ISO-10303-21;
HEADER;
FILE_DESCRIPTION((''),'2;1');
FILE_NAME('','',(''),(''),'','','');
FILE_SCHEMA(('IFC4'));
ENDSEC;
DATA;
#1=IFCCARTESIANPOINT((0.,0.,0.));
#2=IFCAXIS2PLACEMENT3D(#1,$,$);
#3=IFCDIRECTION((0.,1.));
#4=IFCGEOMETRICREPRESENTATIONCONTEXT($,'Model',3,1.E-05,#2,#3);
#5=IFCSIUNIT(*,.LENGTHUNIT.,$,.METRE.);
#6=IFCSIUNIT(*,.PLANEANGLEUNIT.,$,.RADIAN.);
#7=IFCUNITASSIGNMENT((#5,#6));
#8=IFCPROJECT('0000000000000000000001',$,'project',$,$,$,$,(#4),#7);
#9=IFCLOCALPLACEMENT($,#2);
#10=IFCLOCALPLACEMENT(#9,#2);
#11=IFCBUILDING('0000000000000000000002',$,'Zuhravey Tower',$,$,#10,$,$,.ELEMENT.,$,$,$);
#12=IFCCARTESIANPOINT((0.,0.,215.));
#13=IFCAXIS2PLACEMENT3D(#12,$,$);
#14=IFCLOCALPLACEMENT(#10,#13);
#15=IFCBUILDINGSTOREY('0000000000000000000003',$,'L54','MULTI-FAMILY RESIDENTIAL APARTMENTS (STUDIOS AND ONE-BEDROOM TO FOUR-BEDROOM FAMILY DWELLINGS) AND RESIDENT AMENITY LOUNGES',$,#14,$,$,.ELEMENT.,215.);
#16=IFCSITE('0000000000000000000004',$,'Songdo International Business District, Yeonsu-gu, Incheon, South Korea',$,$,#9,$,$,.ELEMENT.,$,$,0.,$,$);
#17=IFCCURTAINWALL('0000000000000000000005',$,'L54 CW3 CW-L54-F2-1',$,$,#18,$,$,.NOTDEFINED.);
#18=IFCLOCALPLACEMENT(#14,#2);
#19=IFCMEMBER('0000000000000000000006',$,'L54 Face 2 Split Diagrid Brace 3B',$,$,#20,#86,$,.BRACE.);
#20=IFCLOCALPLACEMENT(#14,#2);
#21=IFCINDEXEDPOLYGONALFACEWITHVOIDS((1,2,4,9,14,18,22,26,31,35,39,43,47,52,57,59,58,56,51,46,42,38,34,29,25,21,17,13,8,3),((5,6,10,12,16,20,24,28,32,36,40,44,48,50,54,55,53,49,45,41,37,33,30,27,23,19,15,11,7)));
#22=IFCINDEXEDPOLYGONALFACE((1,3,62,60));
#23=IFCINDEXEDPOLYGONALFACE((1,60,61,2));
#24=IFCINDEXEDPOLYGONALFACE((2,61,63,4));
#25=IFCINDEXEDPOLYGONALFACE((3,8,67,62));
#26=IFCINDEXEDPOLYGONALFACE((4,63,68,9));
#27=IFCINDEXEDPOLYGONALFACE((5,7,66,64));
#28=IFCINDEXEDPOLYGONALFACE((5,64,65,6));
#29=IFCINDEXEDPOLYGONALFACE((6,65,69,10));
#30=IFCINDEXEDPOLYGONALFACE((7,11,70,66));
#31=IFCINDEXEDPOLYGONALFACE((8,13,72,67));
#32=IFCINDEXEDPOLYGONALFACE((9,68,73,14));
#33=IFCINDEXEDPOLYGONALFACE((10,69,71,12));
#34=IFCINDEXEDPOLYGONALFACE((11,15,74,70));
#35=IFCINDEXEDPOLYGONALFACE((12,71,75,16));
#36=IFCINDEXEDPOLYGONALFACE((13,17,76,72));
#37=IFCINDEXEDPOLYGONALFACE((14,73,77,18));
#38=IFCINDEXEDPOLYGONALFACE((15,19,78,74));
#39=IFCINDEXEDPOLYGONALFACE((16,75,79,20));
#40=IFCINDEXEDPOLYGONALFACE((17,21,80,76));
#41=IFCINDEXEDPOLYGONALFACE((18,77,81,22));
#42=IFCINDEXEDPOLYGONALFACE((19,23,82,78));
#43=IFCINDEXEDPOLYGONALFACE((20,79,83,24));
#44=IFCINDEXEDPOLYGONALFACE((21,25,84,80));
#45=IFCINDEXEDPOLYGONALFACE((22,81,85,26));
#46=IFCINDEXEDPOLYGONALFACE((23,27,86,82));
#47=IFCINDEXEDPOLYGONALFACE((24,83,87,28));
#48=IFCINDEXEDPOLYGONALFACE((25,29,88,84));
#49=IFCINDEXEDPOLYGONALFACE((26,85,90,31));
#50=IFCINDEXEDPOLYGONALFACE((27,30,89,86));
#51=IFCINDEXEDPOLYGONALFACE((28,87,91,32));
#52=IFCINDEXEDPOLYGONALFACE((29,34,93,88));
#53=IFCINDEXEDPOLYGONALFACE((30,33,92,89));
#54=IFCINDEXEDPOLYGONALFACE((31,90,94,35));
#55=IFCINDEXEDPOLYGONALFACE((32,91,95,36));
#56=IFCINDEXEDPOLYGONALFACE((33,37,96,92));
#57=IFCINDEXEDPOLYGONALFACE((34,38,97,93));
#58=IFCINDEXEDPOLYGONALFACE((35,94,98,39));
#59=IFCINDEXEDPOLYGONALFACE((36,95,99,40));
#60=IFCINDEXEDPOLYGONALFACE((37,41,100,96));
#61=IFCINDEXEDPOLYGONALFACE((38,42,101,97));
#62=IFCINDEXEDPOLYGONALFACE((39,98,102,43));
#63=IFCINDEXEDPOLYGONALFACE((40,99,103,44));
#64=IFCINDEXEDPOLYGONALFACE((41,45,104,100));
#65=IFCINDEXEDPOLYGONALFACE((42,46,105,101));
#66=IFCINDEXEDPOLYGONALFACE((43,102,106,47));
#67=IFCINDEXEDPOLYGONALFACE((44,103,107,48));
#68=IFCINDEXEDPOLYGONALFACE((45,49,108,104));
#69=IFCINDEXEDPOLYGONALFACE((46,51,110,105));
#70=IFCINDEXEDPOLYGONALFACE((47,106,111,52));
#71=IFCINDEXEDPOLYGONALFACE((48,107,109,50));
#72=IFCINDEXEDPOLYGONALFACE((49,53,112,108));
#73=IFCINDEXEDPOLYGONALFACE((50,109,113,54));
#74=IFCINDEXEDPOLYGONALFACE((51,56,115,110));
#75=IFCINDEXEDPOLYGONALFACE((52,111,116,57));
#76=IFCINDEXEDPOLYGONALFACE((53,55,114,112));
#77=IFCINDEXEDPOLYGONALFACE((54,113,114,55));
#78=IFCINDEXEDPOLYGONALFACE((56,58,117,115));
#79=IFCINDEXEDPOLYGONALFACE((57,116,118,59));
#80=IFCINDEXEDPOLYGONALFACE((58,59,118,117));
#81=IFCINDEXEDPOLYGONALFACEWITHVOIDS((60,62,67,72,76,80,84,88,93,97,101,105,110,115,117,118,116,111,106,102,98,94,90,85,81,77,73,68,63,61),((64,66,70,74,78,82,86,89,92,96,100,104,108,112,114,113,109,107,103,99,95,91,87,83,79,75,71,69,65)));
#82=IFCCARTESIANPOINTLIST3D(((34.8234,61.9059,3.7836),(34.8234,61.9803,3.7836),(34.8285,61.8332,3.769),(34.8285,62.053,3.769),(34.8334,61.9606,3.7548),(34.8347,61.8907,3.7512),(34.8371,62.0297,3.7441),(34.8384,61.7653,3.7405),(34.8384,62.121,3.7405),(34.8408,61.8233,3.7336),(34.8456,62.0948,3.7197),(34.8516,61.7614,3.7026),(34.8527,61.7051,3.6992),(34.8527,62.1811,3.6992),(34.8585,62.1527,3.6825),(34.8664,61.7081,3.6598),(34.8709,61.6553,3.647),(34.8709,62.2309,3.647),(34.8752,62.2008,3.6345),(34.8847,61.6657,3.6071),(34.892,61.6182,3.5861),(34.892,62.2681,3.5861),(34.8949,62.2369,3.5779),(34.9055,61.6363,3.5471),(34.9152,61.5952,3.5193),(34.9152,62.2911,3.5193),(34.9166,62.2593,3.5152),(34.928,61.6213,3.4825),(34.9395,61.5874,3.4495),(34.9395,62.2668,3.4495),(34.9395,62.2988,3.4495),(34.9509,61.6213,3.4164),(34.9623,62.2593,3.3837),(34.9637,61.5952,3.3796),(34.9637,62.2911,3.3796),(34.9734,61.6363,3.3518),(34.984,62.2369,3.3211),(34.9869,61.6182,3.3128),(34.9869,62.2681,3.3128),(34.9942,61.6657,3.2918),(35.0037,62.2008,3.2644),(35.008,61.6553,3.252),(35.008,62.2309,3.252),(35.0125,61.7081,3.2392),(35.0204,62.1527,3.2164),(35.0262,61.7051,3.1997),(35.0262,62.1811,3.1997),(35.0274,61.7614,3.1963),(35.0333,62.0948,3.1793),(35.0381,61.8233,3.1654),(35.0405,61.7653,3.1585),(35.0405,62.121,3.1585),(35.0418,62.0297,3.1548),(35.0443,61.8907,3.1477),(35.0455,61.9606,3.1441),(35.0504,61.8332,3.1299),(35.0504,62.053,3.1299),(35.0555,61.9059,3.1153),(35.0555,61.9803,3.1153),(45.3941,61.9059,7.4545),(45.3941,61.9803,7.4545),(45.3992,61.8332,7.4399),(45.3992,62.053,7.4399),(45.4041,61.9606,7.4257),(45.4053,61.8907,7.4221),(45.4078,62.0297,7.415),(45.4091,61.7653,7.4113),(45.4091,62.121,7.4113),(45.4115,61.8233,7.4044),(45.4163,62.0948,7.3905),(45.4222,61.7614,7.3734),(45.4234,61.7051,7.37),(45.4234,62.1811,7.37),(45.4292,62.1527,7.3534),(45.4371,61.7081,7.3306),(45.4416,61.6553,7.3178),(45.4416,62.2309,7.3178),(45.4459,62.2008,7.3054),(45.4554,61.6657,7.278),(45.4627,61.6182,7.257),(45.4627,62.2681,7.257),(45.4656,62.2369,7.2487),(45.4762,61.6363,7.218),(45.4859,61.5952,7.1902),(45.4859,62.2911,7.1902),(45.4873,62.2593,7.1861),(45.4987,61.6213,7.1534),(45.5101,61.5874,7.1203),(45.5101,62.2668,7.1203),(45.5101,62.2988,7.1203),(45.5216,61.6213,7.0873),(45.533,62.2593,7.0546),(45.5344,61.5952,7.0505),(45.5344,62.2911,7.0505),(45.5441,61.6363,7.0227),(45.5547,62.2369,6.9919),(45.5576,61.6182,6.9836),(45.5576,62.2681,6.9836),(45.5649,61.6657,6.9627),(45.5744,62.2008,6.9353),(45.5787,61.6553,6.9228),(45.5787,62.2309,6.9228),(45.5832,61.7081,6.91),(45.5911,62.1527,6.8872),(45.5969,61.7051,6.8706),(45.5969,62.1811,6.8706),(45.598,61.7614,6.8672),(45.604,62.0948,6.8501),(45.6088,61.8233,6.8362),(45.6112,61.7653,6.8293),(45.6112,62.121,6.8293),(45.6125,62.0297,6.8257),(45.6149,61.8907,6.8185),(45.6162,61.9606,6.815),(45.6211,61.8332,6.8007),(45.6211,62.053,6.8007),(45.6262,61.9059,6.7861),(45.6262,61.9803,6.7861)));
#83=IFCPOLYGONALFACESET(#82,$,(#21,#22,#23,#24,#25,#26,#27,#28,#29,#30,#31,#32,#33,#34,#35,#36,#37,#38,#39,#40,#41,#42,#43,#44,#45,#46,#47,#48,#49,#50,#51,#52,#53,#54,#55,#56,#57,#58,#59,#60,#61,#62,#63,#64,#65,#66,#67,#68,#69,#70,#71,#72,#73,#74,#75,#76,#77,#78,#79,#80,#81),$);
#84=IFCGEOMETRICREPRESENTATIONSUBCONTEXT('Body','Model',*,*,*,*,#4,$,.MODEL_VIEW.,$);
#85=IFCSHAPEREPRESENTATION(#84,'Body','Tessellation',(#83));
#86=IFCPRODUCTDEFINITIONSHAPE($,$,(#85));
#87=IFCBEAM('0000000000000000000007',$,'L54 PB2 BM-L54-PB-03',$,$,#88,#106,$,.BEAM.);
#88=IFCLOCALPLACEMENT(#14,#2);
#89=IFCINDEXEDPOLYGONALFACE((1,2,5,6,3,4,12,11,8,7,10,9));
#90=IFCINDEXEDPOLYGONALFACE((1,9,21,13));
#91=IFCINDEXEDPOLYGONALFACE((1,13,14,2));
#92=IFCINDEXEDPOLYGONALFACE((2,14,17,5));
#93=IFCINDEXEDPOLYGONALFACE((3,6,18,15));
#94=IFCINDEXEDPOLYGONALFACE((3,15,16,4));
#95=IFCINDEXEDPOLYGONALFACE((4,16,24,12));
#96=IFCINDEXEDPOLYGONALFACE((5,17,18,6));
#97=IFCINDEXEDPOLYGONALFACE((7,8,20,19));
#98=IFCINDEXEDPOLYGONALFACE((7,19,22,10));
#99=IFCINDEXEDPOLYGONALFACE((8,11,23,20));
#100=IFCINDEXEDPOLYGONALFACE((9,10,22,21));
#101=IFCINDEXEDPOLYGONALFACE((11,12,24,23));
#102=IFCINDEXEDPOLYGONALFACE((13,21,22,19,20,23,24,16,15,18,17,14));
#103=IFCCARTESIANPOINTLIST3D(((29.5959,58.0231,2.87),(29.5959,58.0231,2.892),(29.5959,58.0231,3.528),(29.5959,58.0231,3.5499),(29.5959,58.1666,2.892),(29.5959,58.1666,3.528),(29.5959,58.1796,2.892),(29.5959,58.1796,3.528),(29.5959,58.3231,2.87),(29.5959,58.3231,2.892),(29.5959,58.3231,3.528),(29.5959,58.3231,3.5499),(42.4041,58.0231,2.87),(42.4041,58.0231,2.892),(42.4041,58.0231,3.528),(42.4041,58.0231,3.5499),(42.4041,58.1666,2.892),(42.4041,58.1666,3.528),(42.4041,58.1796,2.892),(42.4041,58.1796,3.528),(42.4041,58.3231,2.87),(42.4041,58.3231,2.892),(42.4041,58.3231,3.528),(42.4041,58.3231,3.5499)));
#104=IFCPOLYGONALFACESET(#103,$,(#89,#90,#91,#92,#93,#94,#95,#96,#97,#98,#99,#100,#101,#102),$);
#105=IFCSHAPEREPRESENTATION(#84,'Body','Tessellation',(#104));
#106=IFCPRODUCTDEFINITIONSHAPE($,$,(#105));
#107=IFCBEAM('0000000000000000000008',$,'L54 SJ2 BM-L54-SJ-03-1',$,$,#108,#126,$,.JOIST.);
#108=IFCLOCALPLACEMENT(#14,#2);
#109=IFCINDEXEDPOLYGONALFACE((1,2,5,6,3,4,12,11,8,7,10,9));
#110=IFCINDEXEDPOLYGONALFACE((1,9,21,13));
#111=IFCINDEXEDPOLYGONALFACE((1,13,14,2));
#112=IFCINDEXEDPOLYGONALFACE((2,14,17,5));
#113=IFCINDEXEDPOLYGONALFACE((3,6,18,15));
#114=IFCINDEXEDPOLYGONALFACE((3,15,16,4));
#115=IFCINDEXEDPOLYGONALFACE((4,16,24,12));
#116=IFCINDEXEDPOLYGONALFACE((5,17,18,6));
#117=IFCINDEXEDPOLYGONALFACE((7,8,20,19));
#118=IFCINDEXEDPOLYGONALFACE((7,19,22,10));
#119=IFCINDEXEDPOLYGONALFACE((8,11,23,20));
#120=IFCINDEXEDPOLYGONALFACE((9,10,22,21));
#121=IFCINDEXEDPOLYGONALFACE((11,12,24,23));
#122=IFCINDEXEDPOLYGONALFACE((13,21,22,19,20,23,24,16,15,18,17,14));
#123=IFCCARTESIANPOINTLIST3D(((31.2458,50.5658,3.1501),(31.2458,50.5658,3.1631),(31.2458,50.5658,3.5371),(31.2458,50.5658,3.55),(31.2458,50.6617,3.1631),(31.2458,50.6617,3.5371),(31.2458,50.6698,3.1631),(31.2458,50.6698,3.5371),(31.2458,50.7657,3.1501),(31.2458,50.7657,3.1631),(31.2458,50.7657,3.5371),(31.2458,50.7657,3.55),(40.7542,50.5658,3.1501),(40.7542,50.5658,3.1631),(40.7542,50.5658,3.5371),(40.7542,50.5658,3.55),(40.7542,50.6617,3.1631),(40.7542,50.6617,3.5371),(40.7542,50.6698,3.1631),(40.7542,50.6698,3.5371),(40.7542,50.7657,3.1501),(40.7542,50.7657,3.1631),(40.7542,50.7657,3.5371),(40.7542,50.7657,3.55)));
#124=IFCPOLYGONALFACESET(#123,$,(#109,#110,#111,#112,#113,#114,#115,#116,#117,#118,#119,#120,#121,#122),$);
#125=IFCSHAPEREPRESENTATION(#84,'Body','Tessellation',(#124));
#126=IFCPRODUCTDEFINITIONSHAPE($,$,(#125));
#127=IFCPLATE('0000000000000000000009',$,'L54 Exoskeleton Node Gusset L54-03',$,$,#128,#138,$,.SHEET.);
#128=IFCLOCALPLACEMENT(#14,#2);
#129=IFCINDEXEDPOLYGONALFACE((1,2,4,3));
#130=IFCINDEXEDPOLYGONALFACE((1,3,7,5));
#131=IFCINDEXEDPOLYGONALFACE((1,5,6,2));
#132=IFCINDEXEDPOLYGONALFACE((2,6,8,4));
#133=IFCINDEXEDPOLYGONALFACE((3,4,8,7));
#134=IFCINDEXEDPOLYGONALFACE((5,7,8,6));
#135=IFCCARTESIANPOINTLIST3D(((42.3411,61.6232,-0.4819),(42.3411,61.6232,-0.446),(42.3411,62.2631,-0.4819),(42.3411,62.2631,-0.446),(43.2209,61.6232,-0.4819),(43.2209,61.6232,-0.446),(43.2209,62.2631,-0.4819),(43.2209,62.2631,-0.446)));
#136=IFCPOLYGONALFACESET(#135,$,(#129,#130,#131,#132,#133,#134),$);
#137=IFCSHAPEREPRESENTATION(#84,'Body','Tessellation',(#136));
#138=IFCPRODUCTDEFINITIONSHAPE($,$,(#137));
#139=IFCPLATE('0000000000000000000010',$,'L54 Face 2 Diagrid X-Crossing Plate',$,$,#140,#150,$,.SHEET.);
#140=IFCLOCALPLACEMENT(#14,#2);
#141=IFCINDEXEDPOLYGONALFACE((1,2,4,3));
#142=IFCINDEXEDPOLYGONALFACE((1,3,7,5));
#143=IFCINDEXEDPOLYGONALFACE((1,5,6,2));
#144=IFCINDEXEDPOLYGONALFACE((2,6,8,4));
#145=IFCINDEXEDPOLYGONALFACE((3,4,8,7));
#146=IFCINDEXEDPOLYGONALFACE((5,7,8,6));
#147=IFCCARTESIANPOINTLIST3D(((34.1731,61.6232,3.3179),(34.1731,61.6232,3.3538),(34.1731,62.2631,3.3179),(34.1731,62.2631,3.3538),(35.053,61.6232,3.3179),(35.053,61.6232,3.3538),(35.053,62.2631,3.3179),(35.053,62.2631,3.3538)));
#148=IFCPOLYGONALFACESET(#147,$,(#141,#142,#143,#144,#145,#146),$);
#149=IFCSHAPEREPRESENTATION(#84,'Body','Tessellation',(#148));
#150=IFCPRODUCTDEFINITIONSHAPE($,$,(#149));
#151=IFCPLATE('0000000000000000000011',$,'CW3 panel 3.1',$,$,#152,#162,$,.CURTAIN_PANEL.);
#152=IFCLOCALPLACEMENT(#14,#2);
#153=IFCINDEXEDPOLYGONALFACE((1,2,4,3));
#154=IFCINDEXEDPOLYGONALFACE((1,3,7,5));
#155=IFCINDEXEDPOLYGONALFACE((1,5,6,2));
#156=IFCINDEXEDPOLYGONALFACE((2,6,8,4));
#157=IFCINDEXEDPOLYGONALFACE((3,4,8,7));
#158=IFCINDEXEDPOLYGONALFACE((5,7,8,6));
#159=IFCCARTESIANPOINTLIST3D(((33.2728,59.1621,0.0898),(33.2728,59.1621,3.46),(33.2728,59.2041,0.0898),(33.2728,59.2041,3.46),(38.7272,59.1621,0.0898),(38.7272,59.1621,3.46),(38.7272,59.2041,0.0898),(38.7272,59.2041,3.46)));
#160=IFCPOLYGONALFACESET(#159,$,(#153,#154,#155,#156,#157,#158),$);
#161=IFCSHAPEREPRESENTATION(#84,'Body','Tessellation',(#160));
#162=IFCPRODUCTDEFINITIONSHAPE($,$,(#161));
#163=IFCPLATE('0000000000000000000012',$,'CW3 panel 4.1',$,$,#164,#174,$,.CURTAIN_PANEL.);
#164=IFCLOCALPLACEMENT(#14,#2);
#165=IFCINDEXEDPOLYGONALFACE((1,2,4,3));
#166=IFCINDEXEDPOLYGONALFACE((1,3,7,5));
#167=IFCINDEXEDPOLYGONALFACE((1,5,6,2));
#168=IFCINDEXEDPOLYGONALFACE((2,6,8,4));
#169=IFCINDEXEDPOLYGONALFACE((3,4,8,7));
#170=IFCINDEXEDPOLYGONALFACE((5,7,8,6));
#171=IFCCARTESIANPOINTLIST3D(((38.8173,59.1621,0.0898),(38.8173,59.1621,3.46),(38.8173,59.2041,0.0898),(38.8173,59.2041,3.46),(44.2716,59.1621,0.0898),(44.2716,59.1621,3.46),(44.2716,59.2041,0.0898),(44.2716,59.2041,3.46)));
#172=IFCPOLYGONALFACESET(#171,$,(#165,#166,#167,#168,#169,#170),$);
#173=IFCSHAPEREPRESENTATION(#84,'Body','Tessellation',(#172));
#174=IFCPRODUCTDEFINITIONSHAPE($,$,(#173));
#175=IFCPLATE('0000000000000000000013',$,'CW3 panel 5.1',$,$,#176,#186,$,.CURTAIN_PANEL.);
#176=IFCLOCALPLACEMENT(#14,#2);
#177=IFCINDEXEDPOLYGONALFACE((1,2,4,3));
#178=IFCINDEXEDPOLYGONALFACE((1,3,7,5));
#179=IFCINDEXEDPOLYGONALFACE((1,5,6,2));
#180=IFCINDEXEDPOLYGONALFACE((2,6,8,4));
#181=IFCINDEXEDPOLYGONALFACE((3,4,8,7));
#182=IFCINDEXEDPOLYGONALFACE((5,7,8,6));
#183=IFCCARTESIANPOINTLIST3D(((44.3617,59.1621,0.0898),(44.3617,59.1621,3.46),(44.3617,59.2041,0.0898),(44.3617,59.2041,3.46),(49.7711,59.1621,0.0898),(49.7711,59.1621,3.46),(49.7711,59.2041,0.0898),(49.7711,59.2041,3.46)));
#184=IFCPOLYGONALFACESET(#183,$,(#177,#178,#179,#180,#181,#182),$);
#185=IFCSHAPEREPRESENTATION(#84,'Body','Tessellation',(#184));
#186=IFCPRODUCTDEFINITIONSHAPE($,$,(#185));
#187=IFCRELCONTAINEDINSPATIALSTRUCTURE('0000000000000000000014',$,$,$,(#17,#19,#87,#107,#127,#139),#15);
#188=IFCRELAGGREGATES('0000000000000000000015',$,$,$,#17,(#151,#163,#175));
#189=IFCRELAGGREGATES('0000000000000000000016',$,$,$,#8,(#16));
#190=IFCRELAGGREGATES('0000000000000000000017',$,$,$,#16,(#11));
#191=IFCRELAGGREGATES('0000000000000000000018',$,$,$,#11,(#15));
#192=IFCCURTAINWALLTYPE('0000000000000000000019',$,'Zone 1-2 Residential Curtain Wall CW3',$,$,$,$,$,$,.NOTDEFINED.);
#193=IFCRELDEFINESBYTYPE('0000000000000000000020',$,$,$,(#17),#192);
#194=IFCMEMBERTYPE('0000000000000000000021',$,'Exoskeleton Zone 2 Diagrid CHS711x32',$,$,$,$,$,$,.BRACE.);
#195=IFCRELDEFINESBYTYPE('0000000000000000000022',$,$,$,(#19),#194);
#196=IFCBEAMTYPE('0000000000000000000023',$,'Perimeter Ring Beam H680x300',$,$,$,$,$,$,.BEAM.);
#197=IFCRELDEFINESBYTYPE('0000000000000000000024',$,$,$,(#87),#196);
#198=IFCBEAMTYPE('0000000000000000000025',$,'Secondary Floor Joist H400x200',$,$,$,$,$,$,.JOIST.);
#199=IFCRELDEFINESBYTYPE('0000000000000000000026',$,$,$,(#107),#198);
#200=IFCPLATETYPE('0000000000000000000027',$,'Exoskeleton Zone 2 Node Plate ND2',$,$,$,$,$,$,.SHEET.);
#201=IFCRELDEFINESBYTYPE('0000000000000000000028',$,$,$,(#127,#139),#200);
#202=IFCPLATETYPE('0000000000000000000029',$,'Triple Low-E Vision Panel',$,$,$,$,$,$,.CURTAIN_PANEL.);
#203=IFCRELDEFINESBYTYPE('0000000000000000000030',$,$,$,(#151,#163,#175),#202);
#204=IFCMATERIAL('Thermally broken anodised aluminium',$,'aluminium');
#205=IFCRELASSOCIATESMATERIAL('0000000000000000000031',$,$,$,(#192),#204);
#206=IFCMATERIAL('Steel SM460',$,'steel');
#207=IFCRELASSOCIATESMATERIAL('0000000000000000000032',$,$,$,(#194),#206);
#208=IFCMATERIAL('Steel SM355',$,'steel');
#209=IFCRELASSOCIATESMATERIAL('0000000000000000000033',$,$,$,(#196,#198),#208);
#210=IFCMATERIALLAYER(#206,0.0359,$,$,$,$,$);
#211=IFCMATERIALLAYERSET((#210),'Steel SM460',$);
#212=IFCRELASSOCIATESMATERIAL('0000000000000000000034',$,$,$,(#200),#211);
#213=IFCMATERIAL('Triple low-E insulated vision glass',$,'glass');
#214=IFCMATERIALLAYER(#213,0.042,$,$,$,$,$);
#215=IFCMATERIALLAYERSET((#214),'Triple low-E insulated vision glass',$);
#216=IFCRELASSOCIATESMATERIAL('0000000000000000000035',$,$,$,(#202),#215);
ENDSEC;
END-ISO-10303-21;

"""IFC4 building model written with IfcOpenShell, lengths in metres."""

from ifc_helpers import new_model, si_unit, direction, frame, origin, origin_2d, place, context, subcontext, project, spatial, rectangle, hollow_circle, i_section, extrude, material, layer, layer_set, material_profile, profile_set, type_object, element, aggregate, save


model = new_model("IFC4")

# Units and contexts
model_context = context("Model", 3, precision=1e-05, world=origin(), true_north=direction((0.0, 1.0)))
body_context = subcontext(model_context, "Body", "Model", "MODEL_VIEW")
ifc_project = project(units=[si_unit("LENGTHUNIT", "METRE"), si_unit("PLANEANGLEUNIT", "RADIAN")], contexts=[model_context])

# Site, building, storey
site_placement = place(None, origin())
site = spatial("IfcSite", under=ifc_project, at=site_placement, Name="Songdo International Business District, Yeonsu-gu, Incheon, South Korea", CompositionType="ELEMENT", RefElevation=0.0)
building_placement = place(site_placement, origin())
building = spatial("IfcBuilding", under=site, at=building_placement, Name="Zuhravey Tower", CompositionType="ELEMENT")
storey_placement = place(building_placement, frame((0.0, 0.0, 215.0)))
storey = spatial("IfcBuildingStorey", under=building, at=storey_placement, Name="L54", Description="MULTI-FAMILY RESIDENTIAL APARTMENTS (STUDIOS AND ONE-BEDROOM TO FOUR-BEDROOM FAMILY DWELLINGS) AND RESIDENT AMENITY LOUNGES", CompositionType="ELEMENT", Elevation=215.0)

# Curtain wall
ifc_material_1 = material(Name="Thermally broken anodised aluminium", Category="aluminium")
curtain_wall_type = type_object("IfcCurtainWallType", Name="Zone 1-2 Residential Curtain Wall CW3", PredefinedType="NOTDEFINED", material=ifc_material_1)
curtain_wall_placement = place(storey_placement, origin())
curtain_wall = element("IfcCurtainWall", 1, at=curtain_wall_placement, inside=storey, type_object=curtain_wall_type, Name="L54 CW3 CW-L54-F2-1", PredefinedType="NOTDEFINED")

# Member
ifc_material_2 = material(Name="Steel SM355", Category="steel")
ifc_material_3 = material(Name="Steel SM460", Category="steel")
ifc_material_profile_1 = material_profile(ifc_material_3, hollow_circle(Radius=0.3557, WallThickness=0.032, at=origin_2d()), Name="CHS-711.2x32")
ifc_profile_set_1 = profile_set([ifc_material_profile_1], Name="Steel SM460")
member_type_1 = type_object("IfcMemberType", Name="Exoskeleton Zone 2 Diagrid CHS711x32", PredefinedType="BRACE", material=ifc_profile_set_1)
member_1_placement = place(storey_placement, frame((34.9395, 61.9431, 3.4495), z_axis=(0.94466, 0.0, 0.32805), x_axis=(0.0, 1.0, 0.0)))
element("IfcMember", 2, at=member_1_placement, inside=storey, type_object=member_type_1, Name="L54 Face 2 Split Diagrid Brace 3B", PredefinedType="BRACE", context=body_context, shape_type="SweptSolid", body=[
    extrude(hollow_circle(Radius=0.3557, WallThickness=0.032, at=origin_2d()), origin(), (0.0, 0.0, 1.0), 11.1899),
])

# Beams
ifc_material_profile_2 = material_profile(ifc_material_2, i_section(OverallWidth=0.3, OverallDepth=0.6799, WebThickness=0.0129, FlangeThickness=0.022, at=origin_2d()), Name="H-680x300x13x22")
ifc_profile_set_2 = profile_set([ifc_material_profile_2], Name="Steel SM355")
beam_type_1 = type_object("IfcBeamType", Name="Perimeter Ring Beam H680x300", PredefinedType="BEAM", material=ifc_profile_set_2)
beam_1_placement = place(storey_placement, frame((42.4041, 58.1731, 3.21), z_axis=(-1.0, 0.0, 0.0), x_axis=(0.0, -1.0, 0.0)))
element("IfcBeam", 3, at=beam_1_placement, inside=storey, type_object=beam_type_1, Name="L54 PB2 BM-L54-PB-03", PredefinedType="BEAM", context=body_context, shape_type="SweptSolid", body=[
    extrude(i_section(OverallWidth=0.3, OverallDepth=0.6799, WebThickness=0.0129, FlangeThickness=0.022, at=origin_2d()), origin(), (0.0, 0.0, 1.0), 12.8081),
])
ifc_material_profile_3 = material_profile(ifc_material_2, i_section(OverallWidth=0.2, OverallDepth=0.3999, WebThickness=0.0081, FlangeThickness=0.0129, at=origin_2d()), Name="H-400x200x8x13")
ifc_profile_set_3 = profile_set([ifc_material_profile_3], Name="Steel SM355")
beam_type_2 = type_object("IfcBeamType", Name="Secondary Floor Joist H400x200", PredefinedType="JOIST", material=ifc_profile_set_3)
beam_2_placement = place(storey_placement, frame((40.7542, 50.6658, 3.3501), z_axis=(-1.0, 0.0, 0.0), x_axis=(0.0, -1.0, 0.0)))
element("IfcBeam", 4, at=beam_2_placement, inside=storey, type_object=beam_type_2, Name="L54 SJ2 BM-L54-SJ-03-1", PredefinedType="JOIST", context=body_context, shape_type="SweptSolid", body=[
    extrude(i_section(OverallWidth=0.2, OverallDepth=0.3999, WebThickness=0.0081, FlangeThickness=0.0129, at=origin_2d()), origin(), (0.0, 0.0, 1.0), 9.5083),
])

# Plates
ifc_layer_1 = layer(ifc_material_3, 0.0359)
ifc_layer_set_1 = layer_set([ifc_layer_1], Name="Steel SM460")
plate_type_1 = type_object("IfcPlateType", Name="Exoskeleton Zone 2 Node Plate ND2", PredefinedType="SHEET", material=ifc_layer_set_1)
for number, where, z_axis, x_axis, name in (
    (5, (42.781, 61.9431, -0.4819), (0.0, 0.0, 1.0), (-1.0, 0.0, 0.0), "L54 Exoskeleton Node Gusset L54-03"),
    (6, (34.613, 61.9431, 3.3179), (0.0, 0.0, 1.0), (-1.0, 0.0, 0.0), "L54 Face 2 Diagrid X-Crossing Plate"),
):
    element("IfcPlate", number, at=place(storey_placement, frame(where, z_axis=z_axis, x_axis=x_axis)), inside=storey, type_object=plate_type_1, Name=name, PredefinedType="SHEET", context=body_context, shape_type="SweptSolid", body=[
        extrude(rectangle(XDim=0.8799, YDim=0.6399, at=origin_2d()), origin(), (0.0, 0.0, 1.0), 0.0359),
    ])

# Plates
ifc_material_4 = material(Name="Triple low-E insulated vision glass", Category="glass")
ifc_layer_2 = layer(ifc_material_4, 0.042)
ifc_layer_set_2 = layer_set([ifc_layer_2], Name="Triple low-E insulated vision glass")
plate_type_2 = type_object("IfcPlateType", Name="Triple Low-E Vision Panel", PredefinedType="CURTAIN_PANEL", material=ifc_layer_set_2)
plate_1_placement = place(storey_placement, frame((36.0, 59.1831, 0.0898), z_axis=(0.0, 0.0, 1.0), x_axis=(1.0, 0.0, 0.0)))
plate_1 = element("IfcPlate", 7, at=plate_1_placement, type_object=plate_type_2, Name="CW3 panel 3.1", PredefinedType="CURTAIN_PANEL", context=body_context, shape_type="SweptSolid", body=[
    extrude(rectangle(XDim=5.4543, YDim=0.042, at=origin_2d()), origin(), (0.0, 0.0, 1.0), 3.3701),
])
plate_2_placement = place(storey_placement, frame((41.5444, 59.1831, 0.0898), z_axis=(0.0, 0.0, 1.0), x_axis=(1.0, 0.0, 0.0)))
plate_2 = element("IfcPlate", 8, at=plate_2_placement, type_object=plate_type_2, Name="CW3 panel 4.1", PredefinedType="CURTAIN_PANEL", context=body_context, shape_type="SweptSolid", body=[
    extrude(rectangle(XDim=5.4543, YDim=0.042, at=origin_2d()), origin(), (0.0, 0.0, 1.0), 3.3701),
])
plate_3_placement = place(storey_placement, frame((47.0664, 59.1831, 0.0898), z_axis=(0.0, 0.0, 1.0), x_axis=(1.0, 0.0, 0.0)))
plate_3 = element("IfcPlate", 9, at=plate_3_placement, type_object=plate_type_2, Name="CW3 panel 5.1", PredefinedType="CURTAIN_PANEL", context=body_context, shape_type="SweptSolid", body=[
    extrude(rectangle(XDim=5.4094, YDim=0.042, at=origin_2d()), origin(), (0.0, 0.0, 1.0), 3.3701),
])
aggregate(curtain_wall, [plate_1, plate_2, plate_3])

save(model, "model.ifc")
